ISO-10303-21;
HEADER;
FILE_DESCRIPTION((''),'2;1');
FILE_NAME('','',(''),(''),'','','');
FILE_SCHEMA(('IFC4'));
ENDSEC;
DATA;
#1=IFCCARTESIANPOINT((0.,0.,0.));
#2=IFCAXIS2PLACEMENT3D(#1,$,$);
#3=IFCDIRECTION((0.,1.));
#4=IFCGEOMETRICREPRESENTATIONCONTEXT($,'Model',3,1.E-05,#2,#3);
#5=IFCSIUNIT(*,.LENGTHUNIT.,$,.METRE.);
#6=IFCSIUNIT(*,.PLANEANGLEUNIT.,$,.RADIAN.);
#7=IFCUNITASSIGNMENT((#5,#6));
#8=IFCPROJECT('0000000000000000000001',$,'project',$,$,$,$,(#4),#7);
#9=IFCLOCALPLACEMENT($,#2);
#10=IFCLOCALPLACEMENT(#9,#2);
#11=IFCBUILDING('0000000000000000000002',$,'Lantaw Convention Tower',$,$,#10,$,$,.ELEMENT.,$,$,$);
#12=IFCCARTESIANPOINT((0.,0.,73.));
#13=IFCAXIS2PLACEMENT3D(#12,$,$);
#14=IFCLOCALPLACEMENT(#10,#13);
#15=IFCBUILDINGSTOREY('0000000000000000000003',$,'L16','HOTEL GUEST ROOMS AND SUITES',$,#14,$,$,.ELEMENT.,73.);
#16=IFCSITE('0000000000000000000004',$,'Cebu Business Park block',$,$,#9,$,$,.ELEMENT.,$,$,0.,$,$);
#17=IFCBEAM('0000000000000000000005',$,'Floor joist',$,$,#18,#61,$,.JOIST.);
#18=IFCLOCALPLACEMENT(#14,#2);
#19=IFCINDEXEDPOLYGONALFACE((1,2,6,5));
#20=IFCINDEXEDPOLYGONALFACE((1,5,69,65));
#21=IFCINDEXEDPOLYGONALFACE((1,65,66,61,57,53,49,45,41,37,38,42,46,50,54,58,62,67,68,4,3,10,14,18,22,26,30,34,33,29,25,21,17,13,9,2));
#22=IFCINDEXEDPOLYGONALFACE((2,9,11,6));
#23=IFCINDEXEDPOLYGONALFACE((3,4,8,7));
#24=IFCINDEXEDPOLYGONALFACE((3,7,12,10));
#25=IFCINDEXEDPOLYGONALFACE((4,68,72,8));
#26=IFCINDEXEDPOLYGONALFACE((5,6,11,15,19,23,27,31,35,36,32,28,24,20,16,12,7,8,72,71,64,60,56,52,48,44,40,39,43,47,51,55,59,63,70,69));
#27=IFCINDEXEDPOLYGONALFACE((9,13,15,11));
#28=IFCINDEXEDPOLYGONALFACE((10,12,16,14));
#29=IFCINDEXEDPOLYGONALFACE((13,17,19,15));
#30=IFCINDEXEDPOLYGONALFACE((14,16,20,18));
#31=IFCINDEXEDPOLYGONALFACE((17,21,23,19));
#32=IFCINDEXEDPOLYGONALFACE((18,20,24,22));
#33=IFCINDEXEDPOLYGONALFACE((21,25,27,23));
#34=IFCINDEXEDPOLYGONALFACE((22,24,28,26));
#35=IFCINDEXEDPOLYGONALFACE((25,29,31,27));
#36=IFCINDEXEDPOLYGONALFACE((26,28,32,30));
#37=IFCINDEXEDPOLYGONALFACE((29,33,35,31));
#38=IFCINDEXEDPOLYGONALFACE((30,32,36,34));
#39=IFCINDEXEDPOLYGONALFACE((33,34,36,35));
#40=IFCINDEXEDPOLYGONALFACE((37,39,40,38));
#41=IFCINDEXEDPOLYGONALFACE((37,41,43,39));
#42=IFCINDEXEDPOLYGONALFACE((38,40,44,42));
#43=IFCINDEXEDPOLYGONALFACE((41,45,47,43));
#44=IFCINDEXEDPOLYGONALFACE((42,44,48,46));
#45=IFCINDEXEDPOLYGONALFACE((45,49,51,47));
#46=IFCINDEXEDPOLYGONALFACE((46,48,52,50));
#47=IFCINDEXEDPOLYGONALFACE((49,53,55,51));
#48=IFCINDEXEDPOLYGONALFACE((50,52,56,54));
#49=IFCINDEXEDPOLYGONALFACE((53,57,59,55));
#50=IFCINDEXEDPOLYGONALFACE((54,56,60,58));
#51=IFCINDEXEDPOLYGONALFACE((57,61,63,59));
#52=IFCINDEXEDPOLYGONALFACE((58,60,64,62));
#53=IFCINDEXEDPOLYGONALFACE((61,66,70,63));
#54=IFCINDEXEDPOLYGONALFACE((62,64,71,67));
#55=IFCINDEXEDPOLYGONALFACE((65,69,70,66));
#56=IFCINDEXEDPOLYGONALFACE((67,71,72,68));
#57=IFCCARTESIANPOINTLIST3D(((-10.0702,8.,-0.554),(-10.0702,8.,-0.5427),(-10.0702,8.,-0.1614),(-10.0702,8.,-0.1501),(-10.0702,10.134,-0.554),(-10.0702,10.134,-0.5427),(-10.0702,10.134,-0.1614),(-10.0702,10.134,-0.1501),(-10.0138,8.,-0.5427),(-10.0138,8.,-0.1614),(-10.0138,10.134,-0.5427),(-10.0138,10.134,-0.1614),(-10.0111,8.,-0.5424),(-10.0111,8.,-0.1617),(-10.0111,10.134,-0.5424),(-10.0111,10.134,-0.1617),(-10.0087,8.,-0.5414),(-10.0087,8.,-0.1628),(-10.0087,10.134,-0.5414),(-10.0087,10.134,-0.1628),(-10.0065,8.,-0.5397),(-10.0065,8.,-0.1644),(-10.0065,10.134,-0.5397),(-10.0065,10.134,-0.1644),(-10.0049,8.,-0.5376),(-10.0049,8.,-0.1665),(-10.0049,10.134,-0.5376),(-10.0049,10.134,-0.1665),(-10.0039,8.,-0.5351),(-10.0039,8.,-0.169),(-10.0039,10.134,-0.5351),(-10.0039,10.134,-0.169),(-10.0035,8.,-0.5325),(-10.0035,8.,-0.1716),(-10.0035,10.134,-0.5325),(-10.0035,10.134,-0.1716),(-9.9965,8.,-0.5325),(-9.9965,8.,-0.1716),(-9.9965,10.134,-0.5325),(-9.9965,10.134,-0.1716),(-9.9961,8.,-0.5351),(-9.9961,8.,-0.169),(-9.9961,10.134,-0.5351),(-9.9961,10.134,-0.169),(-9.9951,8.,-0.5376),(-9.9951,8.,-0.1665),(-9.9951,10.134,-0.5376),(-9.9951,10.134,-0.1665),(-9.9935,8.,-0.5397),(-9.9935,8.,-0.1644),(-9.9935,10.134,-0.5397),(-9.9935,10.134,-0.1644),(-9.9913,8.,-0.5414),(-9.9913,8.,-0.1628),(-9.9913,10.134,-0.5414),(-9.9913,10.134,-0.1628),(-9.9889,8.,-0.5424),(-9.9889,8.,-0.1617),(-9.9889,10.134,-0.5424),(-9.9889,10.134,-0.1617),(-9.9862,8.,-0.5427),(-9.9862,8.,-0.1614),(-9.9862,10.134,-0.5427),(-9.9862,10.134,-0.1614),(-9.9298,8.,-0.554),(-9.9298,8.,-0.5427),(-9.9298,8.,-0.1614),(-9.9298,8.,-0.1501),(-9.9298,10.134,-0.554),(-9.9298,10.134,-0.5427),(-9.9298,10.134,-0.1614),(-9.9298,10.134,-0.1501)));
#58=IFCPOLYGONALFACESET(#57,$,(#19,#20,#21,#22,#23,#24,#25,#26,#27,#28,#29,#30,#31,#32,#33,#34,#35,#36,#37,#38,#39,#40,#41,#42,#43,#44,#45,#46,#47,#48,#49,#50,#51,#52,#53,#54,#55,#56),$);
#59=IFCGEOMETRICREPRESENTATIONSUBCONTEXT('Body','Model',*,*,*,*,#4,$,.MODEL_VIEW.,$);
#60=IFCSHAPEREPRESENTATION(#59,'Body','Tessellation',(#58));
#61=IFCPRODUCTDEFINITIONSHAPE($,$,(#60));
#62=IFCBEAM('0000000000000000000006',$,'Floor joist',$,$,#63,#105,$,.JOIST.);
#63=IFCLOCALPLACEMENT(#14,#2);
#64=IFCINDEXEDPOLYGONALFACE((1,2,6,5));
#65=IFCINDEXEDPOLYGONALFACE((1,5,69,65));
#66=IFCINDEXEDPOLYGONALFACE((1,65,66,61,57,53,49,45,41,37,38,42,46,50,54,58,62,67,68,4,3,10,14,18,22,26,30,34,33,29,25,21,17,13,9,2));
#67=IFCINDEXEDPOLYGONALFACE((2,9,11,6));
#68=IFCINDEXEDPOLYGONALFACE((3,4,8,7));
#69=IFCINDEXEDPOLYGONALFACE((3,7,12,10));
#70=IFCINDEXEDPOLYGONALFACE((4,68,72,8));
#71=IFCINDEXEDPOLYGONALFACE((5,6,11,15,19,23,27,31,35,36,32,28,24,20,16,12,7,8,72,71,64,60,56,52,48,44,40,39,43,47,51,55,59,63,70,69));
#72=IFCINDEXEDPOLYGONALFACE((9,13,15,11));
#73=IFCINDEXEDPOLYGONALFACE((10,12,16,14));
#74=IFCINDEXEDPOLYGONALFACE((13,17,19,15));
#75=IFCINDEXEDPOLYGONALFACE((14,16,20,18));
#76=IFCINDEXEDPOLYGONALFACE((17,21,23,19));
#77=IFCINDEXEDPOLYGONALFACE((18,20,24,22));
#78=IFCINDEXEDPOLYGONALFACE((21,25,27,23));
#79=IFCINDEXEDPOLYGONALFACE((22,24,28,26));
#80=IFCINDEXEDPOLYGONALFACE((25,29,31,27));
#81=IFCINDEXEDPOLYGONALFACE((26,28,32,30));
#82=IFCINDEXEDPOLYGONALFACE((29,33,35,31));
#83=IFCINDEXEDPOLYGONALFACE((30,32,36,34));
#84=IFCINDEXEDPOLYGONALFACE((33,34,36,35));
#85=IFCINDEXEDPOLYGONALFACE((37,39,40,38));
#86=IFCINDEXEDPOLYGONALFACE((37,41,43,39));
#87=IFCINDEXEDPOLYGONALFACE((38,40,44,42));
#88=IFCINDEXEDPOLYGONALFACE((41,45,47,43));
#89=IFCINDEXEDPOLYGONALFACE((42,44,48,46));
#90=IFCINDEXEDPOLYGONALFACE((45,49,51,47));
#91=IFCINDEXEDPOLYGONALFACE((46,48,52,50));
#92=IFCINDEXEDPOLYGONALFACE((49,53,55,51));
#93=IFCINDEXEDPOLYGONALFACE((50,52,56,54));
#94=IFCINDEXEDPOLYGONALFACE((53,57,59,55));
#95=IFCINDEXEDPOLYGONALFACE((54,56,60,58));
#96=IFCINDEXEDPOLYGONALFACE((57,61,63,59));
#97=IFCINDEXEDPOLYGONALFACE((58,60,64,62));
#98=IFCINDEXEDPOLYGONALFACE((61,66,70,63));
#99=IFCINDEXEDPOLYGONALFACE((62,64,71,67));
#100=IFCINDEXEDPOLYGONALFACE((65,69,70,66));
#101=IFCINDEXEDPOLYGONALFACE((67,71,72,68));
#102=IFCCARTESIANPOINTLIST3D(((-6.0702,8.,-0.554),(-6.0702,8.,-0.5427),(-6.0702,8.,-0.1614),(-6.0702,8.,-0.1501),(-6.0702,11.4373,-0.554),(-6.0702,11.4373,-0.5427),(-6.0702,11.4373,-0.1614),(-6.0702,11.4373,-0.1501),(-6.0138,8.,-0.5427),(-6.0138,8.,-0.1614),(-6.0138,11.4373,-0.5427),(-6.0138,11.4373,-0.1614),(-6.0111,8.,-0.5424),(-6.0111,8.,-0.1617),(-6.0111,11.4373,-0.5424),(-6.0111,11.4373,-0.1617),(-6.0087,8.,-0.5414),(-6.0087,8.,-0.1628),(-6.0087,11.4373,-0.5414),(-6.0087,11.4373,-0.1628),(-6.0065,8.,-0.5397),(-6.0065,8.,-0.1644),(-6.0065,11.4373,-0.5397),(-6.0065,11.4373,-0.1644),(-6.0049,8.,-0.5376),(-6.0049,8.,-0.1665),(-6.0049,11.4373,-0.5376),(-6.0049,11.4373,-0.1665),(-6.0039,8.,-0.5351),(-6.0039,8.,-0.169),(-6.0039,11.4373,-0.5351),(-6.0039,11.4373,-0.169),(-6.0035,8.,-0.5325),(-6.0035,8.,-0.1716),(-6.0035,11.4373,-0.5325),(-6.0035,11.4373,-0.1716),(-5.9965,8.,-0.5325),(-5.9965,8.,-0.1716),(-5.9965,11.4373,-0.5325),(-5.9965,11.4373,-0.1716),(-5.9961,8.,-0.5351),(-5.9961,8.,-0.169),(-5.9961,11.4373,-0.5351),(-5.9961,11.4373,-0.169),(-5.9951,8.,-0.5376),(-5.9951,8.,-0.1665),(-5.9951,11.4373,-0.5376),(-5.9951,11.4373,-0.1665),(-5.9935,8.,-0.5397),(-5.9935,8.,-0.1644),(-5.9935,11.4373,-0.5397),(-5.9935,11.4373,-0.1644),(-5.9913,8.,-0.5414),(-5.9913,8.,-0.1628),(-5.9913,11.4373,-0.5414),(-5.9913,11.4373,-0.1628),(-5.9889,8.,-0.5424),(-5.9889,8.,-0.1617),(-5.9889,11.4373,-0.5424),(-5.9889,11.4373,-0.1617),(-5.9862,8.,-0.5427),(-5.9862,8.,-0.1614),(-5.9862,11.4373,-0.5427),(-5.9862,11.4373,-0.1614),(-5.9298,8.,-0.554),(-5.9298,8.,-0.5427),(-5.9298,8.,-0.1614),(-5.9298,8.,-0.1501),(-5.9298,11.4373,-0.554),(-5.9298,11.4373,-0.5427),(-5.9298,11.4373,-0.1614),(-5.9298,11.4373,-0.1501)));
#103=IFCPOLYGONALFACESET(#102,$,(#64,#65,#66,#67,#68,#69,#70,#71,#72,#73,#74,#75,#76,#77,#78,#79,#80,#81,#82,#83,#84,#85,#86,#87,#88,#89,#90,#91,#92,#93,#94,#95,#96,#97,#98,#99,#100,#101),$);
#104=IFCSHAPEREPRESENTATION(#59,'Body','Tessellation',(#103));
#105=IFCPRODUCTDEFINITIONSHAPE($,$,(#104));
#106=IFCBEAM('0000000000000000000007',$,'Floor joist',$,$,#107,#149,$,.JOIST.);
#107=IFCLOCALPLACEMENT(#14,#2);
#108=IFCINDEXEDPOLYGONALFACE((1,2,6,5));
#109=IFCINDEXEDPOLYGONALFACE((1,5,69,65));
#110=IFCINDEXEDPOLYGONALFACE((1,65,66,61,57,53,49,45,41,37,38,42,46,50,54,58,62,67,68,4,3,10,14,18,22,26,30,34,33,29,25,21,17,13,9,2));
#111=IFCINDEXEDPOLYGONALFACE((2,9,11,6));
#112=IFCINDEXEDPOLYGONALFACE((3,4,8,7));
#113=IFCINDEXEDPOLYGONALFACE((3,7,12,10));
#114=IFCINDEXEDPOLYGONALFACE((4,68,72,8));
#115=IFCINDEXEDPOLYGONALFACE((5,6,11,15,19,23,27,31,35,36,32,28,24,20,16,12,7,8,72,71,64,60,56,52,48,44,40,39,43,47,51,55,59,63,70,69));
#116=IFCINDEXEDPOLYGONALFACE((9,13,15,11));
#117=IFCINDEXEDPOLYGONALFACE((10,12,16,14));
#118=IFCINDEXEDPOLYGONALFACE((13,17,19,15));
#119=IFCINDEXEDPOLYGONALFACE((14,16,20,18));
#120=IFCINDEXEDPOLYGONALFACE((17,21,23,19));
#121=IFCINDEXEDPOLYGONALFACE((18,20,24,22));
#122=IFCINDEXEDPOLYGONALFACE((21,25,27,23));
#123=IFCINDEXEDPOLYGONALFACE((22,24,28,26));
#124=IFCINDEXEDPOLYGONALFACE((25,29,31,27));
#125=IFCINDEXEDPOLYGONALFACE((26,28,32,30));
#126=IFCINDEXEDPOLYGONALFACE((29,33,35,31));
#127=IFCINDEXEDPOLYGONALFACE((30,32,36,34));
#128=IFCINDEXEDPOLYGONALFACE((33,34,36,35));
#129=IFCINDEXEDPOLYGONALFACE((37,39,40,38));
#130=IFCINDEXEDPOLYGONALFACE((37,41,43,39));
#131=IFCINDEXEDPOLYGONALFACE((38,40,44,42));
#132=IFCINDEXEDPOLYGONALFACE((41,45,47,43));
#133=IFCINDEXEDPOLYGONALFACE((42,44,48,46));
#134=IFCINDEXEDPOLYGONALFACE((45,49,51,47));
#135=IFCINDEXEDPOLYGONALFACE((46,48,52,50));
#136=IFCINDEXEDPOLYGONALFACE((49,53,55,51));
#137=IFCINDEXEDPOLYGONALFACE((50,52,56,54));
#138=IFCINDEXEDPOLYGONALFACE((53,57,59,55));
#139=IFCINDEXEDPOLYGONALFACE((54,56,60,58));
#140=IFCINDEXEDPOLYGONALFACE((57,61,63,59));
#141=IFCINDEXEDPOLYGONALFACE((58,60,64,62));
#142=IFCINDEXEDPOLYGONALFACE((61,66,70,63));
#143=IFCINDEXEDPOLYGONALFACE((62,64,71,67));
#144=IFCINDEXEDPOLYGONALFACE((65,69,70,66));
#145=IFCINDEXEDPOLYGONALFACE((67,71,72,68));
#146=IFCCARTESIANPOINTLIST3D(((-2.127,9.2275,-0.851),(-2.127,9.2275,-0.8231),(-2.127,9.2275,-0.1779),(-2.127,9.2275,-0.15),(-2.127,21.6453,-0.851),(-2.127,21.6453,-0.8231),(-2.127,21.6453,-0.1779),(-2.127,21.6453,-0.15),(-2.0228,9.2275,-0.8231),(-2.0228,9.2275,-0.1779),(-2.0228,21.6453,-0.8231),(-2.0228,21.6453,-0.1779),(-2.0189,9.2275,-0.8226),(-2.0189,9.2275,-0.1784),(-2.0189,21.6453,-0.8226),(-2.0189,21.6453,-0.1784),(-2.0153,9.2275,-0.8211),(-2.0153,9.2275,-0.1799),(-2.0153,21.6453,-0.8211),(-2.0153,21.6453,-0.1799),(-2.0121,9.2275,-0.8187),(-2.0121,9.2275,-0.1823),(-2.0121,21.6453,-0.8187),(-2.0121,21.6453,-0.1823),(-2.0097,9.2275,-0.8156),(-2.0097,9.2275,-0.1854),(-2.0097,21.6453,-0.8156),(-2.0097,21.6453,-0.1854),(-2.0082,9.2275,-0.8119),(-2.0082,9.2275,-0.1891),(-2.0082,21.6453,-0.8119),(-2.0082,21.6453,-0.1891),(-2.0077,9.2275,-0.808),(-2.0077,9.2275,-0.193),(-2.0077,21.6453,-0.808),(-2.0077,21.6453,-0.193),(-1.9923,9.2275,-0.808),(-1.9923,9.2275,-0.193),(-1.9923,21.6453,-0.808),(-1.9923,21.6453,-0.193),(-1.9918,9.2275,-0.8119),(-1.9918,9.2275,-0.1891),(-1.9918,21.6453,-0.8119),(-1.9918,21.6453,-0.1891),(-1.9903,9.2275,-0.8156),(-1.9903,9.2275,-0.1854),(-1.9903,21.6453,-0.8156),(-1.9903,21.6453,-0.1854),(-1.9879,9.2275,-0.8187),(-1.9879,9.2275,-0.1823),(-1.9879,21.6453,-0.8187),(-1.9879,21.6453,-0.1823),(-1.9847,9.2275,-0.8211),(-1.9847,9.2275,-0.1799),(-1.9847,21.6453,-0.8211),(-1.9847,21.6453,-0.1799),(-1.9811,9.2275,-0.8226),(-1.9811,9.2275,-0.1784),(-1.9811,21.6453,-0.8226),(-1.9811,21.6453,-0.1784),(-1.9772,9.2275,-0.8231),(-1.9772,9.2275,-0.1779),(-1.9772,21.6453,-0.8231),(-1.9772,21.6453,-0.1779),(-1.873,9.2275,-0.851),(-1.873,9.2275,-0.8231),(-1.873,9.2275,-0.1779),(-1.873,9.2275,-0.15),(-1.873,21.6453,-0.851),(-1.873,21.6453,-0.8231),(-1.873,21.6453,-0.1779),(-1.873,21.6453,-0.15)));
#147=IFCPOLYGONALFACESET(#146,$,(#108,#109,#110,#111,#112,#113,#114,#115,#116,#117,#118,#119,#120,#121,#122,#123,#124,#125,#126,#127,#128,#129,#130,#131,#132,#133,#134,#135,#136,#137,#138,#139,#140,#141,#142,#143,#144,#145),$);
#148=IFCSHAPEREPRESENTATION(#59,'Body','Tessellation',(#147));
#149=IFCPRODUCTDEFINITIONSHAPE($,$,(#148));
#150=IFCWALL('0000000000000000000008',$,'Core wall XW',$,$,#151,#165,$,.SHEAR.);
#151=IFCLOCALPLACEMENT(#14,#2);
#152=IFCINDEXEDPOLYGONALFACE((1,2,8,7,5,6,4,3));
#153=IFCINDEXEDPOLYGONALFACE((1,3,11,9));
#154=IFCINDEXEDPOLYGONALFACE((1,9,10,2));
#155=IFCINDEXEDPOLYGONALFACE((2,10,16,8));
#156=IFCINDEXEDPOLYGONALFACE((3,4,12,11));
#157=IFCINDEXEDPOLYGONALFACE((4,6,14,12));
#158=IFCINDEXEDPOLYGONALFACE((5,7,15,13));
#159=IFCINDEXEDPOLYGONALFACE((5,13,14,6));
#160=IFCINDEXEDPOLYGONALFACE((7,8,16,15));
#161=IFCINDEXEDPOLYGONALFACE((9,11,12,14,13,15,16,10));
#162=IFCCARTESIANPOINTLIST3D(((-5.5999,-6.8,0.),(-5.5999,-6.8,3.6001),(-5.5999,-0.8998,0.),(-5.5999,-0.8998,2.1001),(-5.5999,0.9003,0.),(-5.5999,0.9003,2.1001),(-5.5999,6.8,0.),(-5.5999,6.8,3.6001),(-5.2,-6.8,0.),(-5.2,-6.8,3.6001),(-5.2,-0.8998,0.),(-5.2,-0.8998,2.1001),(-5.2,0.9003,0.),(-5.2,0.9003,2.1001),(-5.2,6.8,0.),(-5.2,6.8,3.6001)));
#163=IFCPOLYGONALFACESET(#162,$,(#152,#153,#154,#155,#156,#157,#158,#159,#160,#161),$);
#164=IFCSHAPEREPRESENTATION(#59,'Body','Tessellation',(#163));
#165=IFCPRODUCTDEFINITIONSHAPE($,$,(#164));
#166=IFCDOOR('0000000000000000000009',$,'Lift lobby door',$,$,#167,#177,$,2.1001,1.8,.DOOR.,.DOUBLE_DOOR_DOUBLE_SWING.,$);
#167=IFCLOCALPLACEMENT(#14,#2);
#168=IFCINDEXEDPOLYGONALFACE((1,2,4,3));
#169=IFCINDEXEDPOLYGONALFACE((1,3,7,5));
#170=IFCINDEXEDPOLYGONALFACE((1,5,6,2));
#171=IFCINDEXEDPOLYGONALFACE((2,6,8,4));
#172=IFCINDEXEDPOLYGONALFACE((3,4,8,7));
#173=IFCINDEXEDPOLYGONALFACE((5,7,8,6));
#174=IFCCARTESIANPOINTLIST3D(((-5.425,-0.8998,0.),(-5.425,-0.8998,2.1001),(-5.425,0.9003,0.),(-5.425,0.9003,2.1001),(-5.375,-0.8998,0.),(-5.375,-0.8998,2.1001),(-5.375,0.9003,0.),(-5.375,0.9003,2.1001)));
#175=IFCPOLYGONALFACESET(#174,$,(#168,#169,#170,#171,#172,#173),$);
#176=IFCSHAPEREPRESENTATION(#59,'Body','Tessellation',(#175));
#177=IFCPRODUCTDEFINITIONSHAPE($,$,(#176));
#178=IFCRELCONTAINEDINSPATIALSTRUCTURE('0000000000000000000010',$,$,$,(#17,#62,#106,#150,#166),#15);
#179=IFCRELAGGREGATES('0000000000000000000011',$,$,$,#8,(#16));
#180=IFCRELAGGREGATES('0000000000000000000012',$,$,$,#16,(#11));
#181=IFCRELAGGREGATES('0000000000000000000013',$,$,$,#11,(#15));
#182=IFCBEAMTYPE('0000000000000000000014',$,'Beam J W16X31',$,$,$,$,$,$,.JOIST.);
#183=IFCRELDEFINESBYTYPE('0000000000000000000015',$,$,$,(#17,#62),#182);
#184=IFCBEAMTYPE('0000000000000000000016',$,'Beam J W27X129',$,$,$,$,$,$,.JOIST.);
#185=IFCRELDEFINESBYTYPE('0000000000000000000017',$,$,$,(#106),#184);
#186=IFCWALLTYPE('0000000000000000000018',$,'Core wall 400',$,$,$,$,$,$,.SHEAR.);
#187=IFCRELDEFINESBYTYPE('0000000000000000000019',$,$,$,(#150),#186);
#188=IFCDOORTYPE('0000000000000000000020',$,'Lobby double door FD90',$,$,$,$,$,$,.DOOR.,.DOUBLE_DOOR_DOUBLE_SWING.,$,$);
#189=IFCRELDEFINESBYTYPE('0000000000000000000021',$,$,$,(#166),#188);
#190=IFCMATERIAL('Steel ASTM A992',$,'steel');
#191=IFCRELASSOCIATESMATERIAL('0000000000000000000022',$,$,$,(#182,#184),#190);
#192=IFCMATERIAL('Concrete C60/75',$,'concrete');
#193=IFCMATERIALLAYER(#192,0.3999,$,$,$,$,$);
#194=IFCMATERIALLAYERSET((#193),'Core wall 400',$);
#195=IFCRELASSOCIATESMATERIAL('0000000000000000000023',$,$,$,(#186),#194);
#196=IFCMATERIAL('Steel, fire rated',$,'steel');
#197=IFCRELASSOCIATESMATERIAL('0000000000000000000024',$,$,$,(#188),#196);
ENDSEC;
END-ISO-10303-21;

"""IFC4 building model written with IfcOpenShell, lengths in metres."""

from ifc_helpers import new_model, si_unit, direction, frame, frame_2d, origin, origin_2d, place, context, subcontext, project, spatial, rectangle, i_section, extrude, material, layer, layer_set, material_profile, profile_set, type_object, element, fill, save


model = new_model("IFC4")

# Units and contexts
model_context = context("Model", 3, precision=1e-05, world=origin(), true_north=direction((0.0, 1.0)))
body_context = subcontext(model_context, "Body", "Model", "MODEL_VIEW")
ifc_project = project(units=[si_unit("LENGTHUNIT", "METRE"), si_unit("PLANEANGLEUNIT", "RADIAN")], contexts=[model_context])

# Site, building, storey
site_placement = place(None, origin())
site = spatial("IfcSite", under=ifc_project, at=site_placement, Name="Cebu Business Park block", CompositionType="ELEMENT", RefElevation=0.0)
building_placement = place(site_placement, origin())
building = spatial("IfcBuilding", under=site, at=building_placement, Name="Lantaw Convention Tower", CompositionType="ELEMENT")
storey_placement = place(building_placement, frame((0.0, 0.0, 73.0)))
storey = spatial("IfcBuildingStorey", under=building, at=storey_placement, Name="L16", Description="HOTEL GUEST ROOMS AND SUITES", CompositionType="ELEMENT", Elevation=73.0)

# Beams
ifc_material_1 = material(Name="Steel ASTM A992", Category="steel")
ifc_material_profile_1 = material_profile(ifc_material_1, i_section(OverallWidth=0.1404, OverallDepth=0.4038, WebThickness=0.0071, FlangeThickness=0.0112, FilletRadius=0.0103, at=origin_2d()), Name="W16X31")
ifc_profile_set_1 = profile_set([ifc_material_profile_1], Name="Steel ASTM A992")
beam_type_1 = type_object("IfcBeamType", Name="Beam J W16X31", PredefinedType="JOIST", material=ifc_profile_set_1)
beam_1_placement = place(storey_placement, frame((-10.0, 8.0, -0.3521), z_axis=(0.0, 1.0, 0.0), x_axis=(-1.0, 0.0, 0.0)))
element("IfcBeam", 1, at=beam_1_placement, inside=storey, type_object=beam_type_1, Name="Floor joist", PredefinedType="JOIST", context=body_context, shape_type="SweptSolid", body=[
    extrude(i_section(OverallWidth=0.1404, OverallDepth=0.4038, WebThickness=0.0071, FlangeThickness=0.0112, FilletRadius=0.0103, at=origin_2d()), origin(), (0.0, 0.0, 1.0), 2.134),
])
beam_2_placement = place(storey_placement, frame((-6.0, 8.0, -0.3521), z_axis=(0.0, 1.0, 0.0), x_axis=(-1.0, 0.0, 0.0)))
element("IfcBeam", 2, at=beam_2_placement, inside=storey, type_object=beam_type_1, Name="Floor joist", PredefinedType="JOIST", context=body_context, shape_type="SweptSolid", body=[
    extrude(i_section(OverallWidth=0.1404, OverallDepth=0.4038, WebThickness=0.0071, FlangeThickness=0.0112, FilletRadius=0.0103, at=origin_2d()), origin(), (0.0, 0.0, 1.0), 3.4373),
])
ifc_material_profile_2 = material_profile(ifc_material_1, i_section(OverallWidth=0.2539, OverallDepth=0.7009, WebThickness=0.0154, FlangeThickness=0.0278, FilletRadius=0.0151, at=origin_2d()), Name="W27X129")
ifc_profile_set_2 = profile_set([ifc_material_profile_2], Name="Steel ASTM A992")
beam_type_2 = type_object("IfcBeamType", Name="Beam J W27X129", PredefinedType="JOIST", material=ifc_profile_set_2)
beam_3_placement = place(storey_placement, frame((-2.0, 9.2275, -0.5005), z_axis=(0.0, 1.0, 0.0), x_axis=(-1.0, 0.0, 0.0)))
element("IfcBeam", 3, at=beam_3_placement, inside=storey, type_object=beam_type_2, Name="Floor joist", PredefinedType="JOIST", context=body_context, shape_type="SweptSolid", body=[
    extrude(i_section(OverallWidth=0.2539, OverallDepth=0.7009, WebThickness=0.0154, FlangeThickness=0.0278, FilletRadius=0.0151, at=origin_2d()), origin(), (0.0, 0.0, 1.0), 12.4177),
])

# Wall, opening, door
ifc_material_2 = material(Name="Concrete C60/75", Category="concrete")
ifc_layer_1 = layer(ifc_material_2, 0.3999)
ifc_layer_set_1 = layer_set([ifc_layer_1], Name="Core wall 400")
wall_type_1 = type_object("IfcWallType", Name="Core wall 400", PredefinedType="SHEAR", material=ifc_layer_set_1)
wall_1_placement = place(storey_placement, frame((-5.3999, 6.8, 0.0), z_axis=(0.0, 0.0, 1.0), x_axis=(0.0, -1.0, 0.0)))
wall_1 = element("IfcWall", 4, at=wall_1_placement, inside=storey, type_object=wall_type_1, Name="Core wall XW", PredefinedType="SHEAR", context=body_context, shape_type="SweptSolid", body=[
    extrude(rectangle(XDim=13.6001, YDim=0.3999, at=frame_2d((6.8, 0.0))), origin(), (0.0, 0.0, 1.0), 3.6001),
])
opening_placement = place(wall_1_placement, frame((5.8999, 0.0, 0.0)))
opening = element("IfcOpeningElement", 5, at=opening_placement, cuts=wall_1, PredefinedType="OPENING", context=body_context, shape_type="SweptSolid", body=[
    extrude(rectangle(XDim=1.8, YDim=2.1001, at=frame_2d((0.8999, 1.05))), frame((0.0, 0.21, 0.0), z_axis=(0.0, -1.0, 0.0), x_axis=(1.0, 0.0, 0.0)), (0.0, 0.0, 1.0), 0.4199),
])
ifc_material_3 = material(Name="Steel, fire rated", Category="steel")
door_type = type_object("IfcDoorType", Name="Lobby double door FD90", OperationType="DOUBLE_DOOR_DOUBLE_SWING", PredefinedType="DOOR", material=ifc_material_3)
door_placement = place(opening_placement, origin())
door = element("IfcDoor", 6, at=door_placement, inside=storey, type_object=door_type, Name="Lift lobby door", OperationType="DOUBLE_DOOR_DOUBLE_SWING", OverallHeight=2.1001, OverallWidth=1.8, PredefinedType="DOOR", context=body_context, shape_type="SweptSolid", body=[
    extrude(rectangle(XDim=1.8, YDim=2.1001, at=frame_2d((0.8999, 1.05))), frame((0.0, 0.0249, 0.0), z_axis=(0.0, -1.0, 0.0), x_axis=(1.0, 0.0, 0.0)), (0.0, 0.0, 1.0), 0.05),
])
fill(opening, door)

save(model, "model.ifc")
